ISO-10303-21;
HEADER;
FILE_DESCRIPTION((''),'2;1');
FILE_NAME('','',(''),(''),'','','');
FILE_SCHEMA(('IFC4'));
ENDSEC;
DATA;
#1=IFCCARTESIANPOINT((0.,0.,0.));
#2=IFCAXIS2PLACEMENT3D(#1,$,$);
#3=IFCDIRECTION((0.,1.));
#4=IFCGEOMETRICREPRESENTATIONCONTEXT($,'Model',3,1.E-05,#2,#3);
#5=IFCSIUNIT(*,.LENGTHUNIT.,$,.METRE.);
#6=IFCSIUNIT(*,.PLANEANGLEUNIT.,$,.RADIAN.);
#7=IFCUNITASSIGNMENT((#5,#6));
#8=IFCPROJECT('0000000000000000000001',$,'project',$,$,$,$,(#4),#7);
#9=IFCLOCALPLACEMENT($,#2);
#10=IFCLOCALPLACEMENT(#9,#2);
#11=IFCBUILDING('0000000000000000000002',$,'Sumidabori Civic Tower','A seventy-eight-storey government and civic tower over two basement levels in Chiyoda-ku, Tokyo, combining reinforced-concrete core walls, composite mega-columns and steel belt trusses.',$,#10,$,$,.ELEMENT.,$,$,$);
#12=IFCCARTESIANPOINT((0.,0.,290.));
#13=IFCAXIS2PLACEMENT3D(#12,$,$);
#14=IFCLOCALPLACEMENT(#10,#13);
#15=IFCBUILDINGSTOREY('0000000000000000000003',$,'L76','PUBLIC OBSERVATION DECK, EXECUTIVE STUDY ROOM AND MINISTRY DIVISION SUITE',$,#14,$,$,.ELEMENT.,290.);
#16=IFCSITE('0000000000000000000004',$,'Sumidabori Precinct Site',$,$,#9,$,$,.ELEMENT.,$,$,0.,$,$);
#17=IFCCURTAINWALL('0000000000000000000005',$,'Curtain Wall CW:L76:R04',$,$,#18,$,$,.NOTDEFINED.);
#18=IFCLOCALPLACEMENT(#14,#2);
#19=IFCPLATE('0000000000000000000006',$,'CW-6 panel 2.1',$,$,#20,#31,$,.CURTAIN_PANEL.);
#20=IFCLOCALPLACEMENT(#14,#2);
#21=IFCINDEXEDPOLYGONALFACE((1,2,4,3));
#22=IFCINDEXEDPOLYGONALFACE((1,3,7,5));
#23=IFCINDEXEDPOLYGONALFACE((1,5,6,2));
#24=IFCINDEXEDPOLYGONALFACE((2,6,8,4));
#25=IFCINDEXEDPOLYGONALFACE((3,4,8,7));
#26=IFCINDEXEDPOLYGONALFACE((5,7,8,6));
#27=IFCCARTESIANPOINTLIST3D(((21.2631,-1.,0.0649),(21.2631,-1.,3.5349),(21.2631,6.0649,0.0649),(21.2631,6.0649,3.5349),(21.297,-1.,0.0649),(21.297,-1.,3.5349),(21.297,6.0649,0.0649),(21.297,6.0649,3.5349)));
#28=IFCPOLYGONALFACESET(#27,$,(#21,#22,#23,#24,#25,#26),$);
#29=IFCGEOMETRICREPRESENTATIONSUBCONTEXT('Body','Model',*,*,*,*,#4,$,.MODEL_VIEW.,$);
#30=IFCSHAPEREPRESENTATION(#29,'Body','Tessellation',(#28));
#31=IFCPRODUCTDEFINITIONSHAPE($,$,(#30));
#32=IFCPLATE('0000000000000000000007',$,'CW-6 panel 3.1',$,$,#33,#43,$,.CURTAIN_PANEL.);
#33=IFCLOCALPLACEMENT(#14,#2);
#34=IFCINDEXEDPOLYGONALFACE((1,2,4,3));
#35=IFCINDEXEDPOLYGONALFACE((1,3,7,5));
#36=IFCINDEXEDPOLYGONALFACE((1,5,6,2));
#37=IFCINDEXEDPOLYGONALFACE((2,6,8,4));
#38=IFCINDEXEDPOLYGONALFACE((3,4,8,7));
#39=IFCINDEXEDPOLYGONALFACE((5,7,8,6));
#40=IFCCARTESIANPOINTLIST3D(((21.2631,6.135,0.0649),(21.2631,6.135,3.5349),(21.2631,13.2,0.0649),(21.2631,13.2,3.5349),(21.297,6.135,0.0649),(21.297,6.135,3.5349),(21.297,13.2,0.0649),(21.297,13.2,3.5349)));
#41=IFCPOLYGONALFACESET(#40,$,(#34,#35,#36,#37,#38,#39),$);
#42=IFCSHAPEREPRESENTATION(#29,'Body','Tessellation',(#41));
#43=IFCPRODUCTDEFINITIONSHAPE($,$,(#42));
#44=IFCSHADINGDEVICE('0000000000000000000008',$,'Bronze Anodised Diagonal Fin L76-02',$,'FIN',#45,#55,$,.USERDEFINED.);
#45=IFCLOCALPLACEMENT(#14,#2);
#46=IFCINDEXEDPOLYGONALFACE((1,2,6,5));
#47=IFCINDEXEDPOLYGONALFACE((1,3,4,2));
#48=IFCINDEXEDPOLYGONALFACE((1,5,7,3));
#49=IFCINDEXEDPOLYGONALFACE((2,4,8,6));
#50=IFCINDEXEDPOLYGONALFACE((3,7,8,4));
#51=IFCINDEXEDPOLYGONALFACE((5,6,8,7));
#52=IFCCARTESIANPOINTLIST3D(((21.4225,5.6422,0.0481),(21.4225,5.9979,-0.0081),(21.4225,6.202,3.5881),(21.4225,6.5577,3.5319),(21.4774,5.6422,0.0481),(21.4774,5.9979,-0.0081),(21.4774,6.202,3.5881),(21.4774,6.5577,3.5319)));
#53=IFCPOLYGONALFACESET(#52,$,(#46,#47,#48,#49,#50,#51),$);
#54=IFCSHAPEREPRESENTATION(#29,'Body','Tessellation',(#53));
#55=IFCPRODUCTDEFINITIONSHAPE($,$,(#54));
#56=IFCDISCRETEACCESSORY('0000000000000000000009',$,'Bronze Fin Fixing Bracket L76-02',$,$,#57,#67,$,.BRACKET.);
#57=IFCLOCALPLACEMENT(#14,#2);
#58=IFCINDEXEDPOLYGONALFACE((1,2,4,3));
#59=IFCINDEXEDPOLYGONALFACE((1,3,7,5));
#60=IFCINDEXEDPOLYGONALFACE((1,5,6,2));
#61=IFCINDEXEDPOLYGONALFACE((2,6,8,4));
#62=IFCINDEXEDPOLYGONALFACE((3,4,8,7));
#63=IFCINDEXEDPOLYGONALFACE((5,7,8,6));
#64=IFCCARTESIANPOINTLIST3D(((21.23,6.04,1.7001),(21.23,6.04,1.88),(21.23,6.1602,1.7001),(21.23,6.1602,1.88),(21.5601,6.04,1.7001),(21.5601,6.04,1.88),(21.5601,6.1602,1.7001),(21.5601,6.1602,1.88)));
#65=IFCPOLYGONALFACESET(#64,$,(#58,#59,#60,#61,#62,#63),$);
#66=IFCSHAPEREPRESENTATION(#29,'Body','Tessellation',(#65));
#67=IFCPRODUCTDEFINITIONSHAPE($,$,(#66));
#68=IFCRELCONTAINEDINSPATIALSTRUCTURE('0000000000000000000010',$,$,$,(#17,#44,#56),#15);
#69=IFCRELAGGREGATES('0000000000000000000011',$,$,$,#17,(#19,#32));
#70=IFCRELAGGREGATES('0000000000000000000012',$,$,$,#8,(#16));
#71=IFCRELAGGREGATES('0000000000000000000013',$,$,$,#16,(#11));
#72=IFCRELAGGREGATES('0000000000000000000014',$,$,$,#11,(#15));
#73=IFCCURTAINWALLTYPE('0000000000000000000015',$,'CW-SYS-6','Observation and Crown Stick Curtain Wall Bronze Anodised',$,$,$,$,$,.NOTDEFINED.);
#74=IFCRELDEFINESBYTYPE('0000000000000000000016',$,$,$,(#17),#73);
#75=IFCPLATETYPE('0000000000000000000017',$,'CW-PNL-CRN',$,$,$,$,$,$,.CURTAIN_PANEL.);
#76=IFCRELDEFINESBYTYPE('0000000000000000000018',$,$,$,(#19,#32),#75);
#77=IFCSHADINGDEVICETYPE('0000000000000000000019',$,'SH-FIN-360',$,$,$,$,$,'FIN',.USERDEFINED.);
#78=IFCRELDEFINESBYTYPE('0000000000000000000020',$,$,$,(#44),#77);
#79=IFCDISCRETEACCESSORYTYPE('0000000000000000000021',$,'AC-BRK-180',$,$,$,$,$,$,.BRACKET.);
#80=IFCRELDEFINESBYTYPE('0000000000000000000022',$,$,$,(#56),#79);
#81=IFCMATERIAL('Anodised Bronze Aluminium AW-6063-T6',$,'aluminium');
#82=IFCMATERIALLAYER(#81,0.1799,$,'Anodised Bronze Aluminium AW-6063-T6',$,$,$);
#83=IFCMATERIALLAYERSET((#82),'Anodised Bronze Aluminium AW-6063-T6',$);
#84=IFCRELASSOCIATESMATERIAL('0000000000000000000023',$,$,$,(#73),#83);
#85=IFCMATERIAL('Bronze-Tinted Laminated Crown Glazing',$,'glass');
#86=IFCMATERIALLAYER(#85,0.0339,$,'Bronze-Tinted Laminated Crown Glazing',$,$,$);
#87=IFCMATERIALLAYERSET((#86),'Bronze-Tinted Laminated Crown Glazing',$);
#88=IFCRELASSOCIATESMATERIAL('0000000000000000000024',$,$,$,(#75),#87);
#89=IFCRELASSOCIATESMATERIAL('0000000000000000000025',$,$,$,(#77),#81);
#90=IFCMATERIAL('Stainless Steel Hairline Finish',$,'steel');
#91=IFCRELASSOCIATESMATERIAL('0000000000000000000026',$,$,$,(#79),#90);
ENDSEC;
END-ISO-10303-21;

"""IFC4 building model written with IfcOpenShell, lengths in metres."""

from ifc_helpers import new_model, si_unit, direction, frame, origin, origin_2d, place, context, subcontext, project, spatial, rectangle, extrude, source, transform, mapped, material, layer, layer_set, material_profile, profile_set, type_object, element, aggregate, save


model = new_model("IFC4")

# Units and contexts
model_context = context("Model", 3, precision=1e-05, world=origin(), true_north=direction((0.0, 1.0)))
body_context = subcontext(model_context, "Body", "Model", "MODEL_VIEW")
ifc_project = project(units=[si_unit("LENGTHUNIT", "METRE"), si_unit("PLANEANGLEUNIT", "RADIAN")], contexts=[model_context])

# Site, building, storey
site_placement = place(None, origin())
site = spatial("IfcSite", under=ifc_project, at=site_placement, Name="Sumidabori Precinct Site", CompositionType="ELEMENT", RefElevation=0.0)
building_placement = place(site_placement, origin())
building = spatial("IfcBuilding", under=site, at=building_placement, Name="Sumidabori Civic Tower", Description="A seventy-eight-storey government and civic tower over two basement levels in Chiyoda-ku, Tokyo, combining reinforced-concrete core walls, composite mega-columns and steel belt trusses.", CompositionType="ELEMENT")
storey_placement = place(building_placement, frame((0.0, 0.0, 290.0)))
storey = spatial("IfcBuildingStorey", under=building, at=storey_placement, Name="L76", Description="PUBLIC OBSERVATION DECK, EXECUTIVE STUDY ROOM AND MINISTRY DIVISION SUITE", CompositionType="ELEMENT", Elevation=290.0)

# Curtain wall, plates
ifc_material_1 = material(Name="Anodised Bronze Aluminium AW-6063-T6", Category="aluminium")
ifc_layer_1 = layer(ifc_material_1, 0.1799, Name="Anodised Bronze Aluminium AW-6063-T6")
ifc_layer_set_1 = layer_set([ifc_layer_1], Name="Anodised Bronze Aluminium AW-6063-T6")
curtain_wall_type = type_object("IfcCurtainWallType", Name="CW-SYS-6", Description="Observation and Crown Stick Curtain Wall Bronze Anodised", PredefinedType="NOTDEFINED", material=ifc_layer_set_1)
curtain_wall_placement = place(storey_placement, origin())
curtain_wall = element("IfcCurtainWall", 1, at=curtain_wall_placement, inside=storey, type_object=curtain_wall_type, Name="Curtain Wall CW:L76:R04", PredefinedType="NOTDEFINED")
ifc_material_2 = material(Name="Bronze-Tinted Laminated Crown Glazing", Category="glass")
ifc_layer_2 = layer(ifc_material_2, 0.0339, Name="Bronze-Tinted Laminated Crown Glazing")
ifc_layer_set_2 = layer_set([ifc_layer_2], Name="Bronze-Tinted Laminated Crown Glazing")
plate_type = type_object("IfcPlateType", Name="CW-PNL-CRN", PredefinedType="CURTAIN_PANEL", material=ifc_layer_set_2)
shared_shape_1 = source(origin(), body_context, "Body", "SweptSolid", [
    extrude(rectangle(XDim=7.0649, YDim=0.0339, at=origin_2d()), origin(), (0.0, 0.0, 1.0), 3.47),
])
plate_1_placement = place(storey_placement, frame((21.28, 2.5325, 0.0649), z_axis=(0.0, 0.0, 1.0), x_axis=(0.0, 1.0, 0.0)))
plate_1 = element("IfcPlate", 2, at=plate_1_placement, type_object=plate_type, Name="CW-6 panel 2.1", PredefinedType="CURTAIN_PANEL", context=body_context, shape_type="MappedRepresentation", body=[
    mapped(shared_shape_1, transform((0.0, 0.0, 0.0), x_axis=(1.0, 0.0, 0.0), y_axis=(0.0, 1.0, 0.0), z_axis=(0.0, 0.0, 1.0), scale=1.0)),
])
plate_2_placement = place(storey_placement, frame((21.28, 9.6675, 0.0649), z_axis=(0.0, 0.0, 1.0), x_axis=(0.0, 1.0, 0.0)))
plate_2 = element("IfcPlate", 3, at=plate_2_placement, type_object=plate_type, Name="CW-6 panel 3.1", PredefinedType="CURTAIN_PANEL", context=body_context, shape_type="MappedRepresentation", body=[
    mapped(shared_shape_1, transform((0.0, 0.0, 0.0), x_axis=(1.0, 0.0, 0.0), y_axis=(0.0, 1.0, 0.0), z_axis=(0.0, 0.0, 1.0), scale=1.0)),
])
aggregate(curtain_wall, [plate_1, plate_2])

# Shading device
ifc_material_profile_1 = material_profile(ifc_material_1, rectangle(XDim=0.0549, YDim=0.3601, at=origin_2d()), Name="BRONZE FIN 360x55")
ifc_profile_set_1 = profile_set([ifc_material_profile_1], Name="Anodised Bronze Aluminium AW-6063-T6")
shading_device_type = type_object("IfcShadingDeviceType", Name="SH-FIN-360", ElementType="FIN", PredefinedType="USERDEFINED", material=ifc_profile_set_1)
shared_shape_2 = source(origin(), body_context, "Body", "SweptSolid", [
    extrude(rectangle(XDim=0.0549, YDim=0.3601, at=origin_2d()), origin(), (0.0, 0.0, 1.0), 3.584),
])
shading_device_placement = place(storey_placement, frame((21.45, 5.8201, 0.02), z_axis=(0.0, 0.156197, 0.987726), x_axis=(-1.0, 0.0, 0.0)))
element("IfcShadingDevice", 4, at=shading_device_placement, inside=storey, type_object=shading_device_type, Name="Bronze Anodised Diagonal Fin L76-02", ObjectType="FIN", PredefinedType="USERDEFINED", context=body_context, shape_type="MappedRepresentation", body=[
    mapped(shared_shape_2, transform((0.0, 0.0, 0.0), x_axis=(1.0, 0.0, 0.0), y_axis=(0.0, 1.0, 0.0), z_axis=(0.0, 0.0, 1.0), scale=1.0)),
])

# Discrete accessory
ifc_material_3 = material(Name="Stainless Steel Hairline Finish", Category="steel")
ifc_material_profile_2 = material_profile(ifc_material_3, rectangle(XDim=0.1201, YDim=0.1799, at=origin_2d()), Name="STEEL BRACKET 180x120")
ifc_profile_set_2 = profile_set([ifc_material_profile_2], Name="Stainless Steel Hairline Finish")
discrete_accessory_type = type_object("IfcDiscreteAccessoryType", Name="AC-BRK-180", PredefinedType="BRACKET", material=ifc_profile_set_2)
shared_shape_3 = source(origin(), body_context, "Body", "SweptSolid", [
    extrude(rectangle(XDim=0.1201, YDim=0.1799, at=origin_2d()), origin(), (0.0, 0.0, 1.0), 0.3301),
])
discrete_accessory_placement = place(storey_placement, frame((21.23, 6.1001, 1.79), z_axis=(1.0, 0.0, 0.0), x_axis=(0.0, 1.0, 0.0)))
element("IfcDiscreteAccessory", 5, at=discrete_accessory_placement, inside=storey, type_object=discrete_accessory_type, Name="Bronze Fin Fixing Bracket L76-02", PredefinedType="BRACKET", context=body_context, shape_type="MappedRepresentation", body=[
    mapped(shared_shape_3, transform((0.0, 0.0, 0.0), x_axis=(1.0, 0.0, 0.0), y_axis=(0.0, 1.0, 0.0), z_axis=(0.0, 0.0, 1.0), scale=1.0)),
])

save(model, "model.ifc")
